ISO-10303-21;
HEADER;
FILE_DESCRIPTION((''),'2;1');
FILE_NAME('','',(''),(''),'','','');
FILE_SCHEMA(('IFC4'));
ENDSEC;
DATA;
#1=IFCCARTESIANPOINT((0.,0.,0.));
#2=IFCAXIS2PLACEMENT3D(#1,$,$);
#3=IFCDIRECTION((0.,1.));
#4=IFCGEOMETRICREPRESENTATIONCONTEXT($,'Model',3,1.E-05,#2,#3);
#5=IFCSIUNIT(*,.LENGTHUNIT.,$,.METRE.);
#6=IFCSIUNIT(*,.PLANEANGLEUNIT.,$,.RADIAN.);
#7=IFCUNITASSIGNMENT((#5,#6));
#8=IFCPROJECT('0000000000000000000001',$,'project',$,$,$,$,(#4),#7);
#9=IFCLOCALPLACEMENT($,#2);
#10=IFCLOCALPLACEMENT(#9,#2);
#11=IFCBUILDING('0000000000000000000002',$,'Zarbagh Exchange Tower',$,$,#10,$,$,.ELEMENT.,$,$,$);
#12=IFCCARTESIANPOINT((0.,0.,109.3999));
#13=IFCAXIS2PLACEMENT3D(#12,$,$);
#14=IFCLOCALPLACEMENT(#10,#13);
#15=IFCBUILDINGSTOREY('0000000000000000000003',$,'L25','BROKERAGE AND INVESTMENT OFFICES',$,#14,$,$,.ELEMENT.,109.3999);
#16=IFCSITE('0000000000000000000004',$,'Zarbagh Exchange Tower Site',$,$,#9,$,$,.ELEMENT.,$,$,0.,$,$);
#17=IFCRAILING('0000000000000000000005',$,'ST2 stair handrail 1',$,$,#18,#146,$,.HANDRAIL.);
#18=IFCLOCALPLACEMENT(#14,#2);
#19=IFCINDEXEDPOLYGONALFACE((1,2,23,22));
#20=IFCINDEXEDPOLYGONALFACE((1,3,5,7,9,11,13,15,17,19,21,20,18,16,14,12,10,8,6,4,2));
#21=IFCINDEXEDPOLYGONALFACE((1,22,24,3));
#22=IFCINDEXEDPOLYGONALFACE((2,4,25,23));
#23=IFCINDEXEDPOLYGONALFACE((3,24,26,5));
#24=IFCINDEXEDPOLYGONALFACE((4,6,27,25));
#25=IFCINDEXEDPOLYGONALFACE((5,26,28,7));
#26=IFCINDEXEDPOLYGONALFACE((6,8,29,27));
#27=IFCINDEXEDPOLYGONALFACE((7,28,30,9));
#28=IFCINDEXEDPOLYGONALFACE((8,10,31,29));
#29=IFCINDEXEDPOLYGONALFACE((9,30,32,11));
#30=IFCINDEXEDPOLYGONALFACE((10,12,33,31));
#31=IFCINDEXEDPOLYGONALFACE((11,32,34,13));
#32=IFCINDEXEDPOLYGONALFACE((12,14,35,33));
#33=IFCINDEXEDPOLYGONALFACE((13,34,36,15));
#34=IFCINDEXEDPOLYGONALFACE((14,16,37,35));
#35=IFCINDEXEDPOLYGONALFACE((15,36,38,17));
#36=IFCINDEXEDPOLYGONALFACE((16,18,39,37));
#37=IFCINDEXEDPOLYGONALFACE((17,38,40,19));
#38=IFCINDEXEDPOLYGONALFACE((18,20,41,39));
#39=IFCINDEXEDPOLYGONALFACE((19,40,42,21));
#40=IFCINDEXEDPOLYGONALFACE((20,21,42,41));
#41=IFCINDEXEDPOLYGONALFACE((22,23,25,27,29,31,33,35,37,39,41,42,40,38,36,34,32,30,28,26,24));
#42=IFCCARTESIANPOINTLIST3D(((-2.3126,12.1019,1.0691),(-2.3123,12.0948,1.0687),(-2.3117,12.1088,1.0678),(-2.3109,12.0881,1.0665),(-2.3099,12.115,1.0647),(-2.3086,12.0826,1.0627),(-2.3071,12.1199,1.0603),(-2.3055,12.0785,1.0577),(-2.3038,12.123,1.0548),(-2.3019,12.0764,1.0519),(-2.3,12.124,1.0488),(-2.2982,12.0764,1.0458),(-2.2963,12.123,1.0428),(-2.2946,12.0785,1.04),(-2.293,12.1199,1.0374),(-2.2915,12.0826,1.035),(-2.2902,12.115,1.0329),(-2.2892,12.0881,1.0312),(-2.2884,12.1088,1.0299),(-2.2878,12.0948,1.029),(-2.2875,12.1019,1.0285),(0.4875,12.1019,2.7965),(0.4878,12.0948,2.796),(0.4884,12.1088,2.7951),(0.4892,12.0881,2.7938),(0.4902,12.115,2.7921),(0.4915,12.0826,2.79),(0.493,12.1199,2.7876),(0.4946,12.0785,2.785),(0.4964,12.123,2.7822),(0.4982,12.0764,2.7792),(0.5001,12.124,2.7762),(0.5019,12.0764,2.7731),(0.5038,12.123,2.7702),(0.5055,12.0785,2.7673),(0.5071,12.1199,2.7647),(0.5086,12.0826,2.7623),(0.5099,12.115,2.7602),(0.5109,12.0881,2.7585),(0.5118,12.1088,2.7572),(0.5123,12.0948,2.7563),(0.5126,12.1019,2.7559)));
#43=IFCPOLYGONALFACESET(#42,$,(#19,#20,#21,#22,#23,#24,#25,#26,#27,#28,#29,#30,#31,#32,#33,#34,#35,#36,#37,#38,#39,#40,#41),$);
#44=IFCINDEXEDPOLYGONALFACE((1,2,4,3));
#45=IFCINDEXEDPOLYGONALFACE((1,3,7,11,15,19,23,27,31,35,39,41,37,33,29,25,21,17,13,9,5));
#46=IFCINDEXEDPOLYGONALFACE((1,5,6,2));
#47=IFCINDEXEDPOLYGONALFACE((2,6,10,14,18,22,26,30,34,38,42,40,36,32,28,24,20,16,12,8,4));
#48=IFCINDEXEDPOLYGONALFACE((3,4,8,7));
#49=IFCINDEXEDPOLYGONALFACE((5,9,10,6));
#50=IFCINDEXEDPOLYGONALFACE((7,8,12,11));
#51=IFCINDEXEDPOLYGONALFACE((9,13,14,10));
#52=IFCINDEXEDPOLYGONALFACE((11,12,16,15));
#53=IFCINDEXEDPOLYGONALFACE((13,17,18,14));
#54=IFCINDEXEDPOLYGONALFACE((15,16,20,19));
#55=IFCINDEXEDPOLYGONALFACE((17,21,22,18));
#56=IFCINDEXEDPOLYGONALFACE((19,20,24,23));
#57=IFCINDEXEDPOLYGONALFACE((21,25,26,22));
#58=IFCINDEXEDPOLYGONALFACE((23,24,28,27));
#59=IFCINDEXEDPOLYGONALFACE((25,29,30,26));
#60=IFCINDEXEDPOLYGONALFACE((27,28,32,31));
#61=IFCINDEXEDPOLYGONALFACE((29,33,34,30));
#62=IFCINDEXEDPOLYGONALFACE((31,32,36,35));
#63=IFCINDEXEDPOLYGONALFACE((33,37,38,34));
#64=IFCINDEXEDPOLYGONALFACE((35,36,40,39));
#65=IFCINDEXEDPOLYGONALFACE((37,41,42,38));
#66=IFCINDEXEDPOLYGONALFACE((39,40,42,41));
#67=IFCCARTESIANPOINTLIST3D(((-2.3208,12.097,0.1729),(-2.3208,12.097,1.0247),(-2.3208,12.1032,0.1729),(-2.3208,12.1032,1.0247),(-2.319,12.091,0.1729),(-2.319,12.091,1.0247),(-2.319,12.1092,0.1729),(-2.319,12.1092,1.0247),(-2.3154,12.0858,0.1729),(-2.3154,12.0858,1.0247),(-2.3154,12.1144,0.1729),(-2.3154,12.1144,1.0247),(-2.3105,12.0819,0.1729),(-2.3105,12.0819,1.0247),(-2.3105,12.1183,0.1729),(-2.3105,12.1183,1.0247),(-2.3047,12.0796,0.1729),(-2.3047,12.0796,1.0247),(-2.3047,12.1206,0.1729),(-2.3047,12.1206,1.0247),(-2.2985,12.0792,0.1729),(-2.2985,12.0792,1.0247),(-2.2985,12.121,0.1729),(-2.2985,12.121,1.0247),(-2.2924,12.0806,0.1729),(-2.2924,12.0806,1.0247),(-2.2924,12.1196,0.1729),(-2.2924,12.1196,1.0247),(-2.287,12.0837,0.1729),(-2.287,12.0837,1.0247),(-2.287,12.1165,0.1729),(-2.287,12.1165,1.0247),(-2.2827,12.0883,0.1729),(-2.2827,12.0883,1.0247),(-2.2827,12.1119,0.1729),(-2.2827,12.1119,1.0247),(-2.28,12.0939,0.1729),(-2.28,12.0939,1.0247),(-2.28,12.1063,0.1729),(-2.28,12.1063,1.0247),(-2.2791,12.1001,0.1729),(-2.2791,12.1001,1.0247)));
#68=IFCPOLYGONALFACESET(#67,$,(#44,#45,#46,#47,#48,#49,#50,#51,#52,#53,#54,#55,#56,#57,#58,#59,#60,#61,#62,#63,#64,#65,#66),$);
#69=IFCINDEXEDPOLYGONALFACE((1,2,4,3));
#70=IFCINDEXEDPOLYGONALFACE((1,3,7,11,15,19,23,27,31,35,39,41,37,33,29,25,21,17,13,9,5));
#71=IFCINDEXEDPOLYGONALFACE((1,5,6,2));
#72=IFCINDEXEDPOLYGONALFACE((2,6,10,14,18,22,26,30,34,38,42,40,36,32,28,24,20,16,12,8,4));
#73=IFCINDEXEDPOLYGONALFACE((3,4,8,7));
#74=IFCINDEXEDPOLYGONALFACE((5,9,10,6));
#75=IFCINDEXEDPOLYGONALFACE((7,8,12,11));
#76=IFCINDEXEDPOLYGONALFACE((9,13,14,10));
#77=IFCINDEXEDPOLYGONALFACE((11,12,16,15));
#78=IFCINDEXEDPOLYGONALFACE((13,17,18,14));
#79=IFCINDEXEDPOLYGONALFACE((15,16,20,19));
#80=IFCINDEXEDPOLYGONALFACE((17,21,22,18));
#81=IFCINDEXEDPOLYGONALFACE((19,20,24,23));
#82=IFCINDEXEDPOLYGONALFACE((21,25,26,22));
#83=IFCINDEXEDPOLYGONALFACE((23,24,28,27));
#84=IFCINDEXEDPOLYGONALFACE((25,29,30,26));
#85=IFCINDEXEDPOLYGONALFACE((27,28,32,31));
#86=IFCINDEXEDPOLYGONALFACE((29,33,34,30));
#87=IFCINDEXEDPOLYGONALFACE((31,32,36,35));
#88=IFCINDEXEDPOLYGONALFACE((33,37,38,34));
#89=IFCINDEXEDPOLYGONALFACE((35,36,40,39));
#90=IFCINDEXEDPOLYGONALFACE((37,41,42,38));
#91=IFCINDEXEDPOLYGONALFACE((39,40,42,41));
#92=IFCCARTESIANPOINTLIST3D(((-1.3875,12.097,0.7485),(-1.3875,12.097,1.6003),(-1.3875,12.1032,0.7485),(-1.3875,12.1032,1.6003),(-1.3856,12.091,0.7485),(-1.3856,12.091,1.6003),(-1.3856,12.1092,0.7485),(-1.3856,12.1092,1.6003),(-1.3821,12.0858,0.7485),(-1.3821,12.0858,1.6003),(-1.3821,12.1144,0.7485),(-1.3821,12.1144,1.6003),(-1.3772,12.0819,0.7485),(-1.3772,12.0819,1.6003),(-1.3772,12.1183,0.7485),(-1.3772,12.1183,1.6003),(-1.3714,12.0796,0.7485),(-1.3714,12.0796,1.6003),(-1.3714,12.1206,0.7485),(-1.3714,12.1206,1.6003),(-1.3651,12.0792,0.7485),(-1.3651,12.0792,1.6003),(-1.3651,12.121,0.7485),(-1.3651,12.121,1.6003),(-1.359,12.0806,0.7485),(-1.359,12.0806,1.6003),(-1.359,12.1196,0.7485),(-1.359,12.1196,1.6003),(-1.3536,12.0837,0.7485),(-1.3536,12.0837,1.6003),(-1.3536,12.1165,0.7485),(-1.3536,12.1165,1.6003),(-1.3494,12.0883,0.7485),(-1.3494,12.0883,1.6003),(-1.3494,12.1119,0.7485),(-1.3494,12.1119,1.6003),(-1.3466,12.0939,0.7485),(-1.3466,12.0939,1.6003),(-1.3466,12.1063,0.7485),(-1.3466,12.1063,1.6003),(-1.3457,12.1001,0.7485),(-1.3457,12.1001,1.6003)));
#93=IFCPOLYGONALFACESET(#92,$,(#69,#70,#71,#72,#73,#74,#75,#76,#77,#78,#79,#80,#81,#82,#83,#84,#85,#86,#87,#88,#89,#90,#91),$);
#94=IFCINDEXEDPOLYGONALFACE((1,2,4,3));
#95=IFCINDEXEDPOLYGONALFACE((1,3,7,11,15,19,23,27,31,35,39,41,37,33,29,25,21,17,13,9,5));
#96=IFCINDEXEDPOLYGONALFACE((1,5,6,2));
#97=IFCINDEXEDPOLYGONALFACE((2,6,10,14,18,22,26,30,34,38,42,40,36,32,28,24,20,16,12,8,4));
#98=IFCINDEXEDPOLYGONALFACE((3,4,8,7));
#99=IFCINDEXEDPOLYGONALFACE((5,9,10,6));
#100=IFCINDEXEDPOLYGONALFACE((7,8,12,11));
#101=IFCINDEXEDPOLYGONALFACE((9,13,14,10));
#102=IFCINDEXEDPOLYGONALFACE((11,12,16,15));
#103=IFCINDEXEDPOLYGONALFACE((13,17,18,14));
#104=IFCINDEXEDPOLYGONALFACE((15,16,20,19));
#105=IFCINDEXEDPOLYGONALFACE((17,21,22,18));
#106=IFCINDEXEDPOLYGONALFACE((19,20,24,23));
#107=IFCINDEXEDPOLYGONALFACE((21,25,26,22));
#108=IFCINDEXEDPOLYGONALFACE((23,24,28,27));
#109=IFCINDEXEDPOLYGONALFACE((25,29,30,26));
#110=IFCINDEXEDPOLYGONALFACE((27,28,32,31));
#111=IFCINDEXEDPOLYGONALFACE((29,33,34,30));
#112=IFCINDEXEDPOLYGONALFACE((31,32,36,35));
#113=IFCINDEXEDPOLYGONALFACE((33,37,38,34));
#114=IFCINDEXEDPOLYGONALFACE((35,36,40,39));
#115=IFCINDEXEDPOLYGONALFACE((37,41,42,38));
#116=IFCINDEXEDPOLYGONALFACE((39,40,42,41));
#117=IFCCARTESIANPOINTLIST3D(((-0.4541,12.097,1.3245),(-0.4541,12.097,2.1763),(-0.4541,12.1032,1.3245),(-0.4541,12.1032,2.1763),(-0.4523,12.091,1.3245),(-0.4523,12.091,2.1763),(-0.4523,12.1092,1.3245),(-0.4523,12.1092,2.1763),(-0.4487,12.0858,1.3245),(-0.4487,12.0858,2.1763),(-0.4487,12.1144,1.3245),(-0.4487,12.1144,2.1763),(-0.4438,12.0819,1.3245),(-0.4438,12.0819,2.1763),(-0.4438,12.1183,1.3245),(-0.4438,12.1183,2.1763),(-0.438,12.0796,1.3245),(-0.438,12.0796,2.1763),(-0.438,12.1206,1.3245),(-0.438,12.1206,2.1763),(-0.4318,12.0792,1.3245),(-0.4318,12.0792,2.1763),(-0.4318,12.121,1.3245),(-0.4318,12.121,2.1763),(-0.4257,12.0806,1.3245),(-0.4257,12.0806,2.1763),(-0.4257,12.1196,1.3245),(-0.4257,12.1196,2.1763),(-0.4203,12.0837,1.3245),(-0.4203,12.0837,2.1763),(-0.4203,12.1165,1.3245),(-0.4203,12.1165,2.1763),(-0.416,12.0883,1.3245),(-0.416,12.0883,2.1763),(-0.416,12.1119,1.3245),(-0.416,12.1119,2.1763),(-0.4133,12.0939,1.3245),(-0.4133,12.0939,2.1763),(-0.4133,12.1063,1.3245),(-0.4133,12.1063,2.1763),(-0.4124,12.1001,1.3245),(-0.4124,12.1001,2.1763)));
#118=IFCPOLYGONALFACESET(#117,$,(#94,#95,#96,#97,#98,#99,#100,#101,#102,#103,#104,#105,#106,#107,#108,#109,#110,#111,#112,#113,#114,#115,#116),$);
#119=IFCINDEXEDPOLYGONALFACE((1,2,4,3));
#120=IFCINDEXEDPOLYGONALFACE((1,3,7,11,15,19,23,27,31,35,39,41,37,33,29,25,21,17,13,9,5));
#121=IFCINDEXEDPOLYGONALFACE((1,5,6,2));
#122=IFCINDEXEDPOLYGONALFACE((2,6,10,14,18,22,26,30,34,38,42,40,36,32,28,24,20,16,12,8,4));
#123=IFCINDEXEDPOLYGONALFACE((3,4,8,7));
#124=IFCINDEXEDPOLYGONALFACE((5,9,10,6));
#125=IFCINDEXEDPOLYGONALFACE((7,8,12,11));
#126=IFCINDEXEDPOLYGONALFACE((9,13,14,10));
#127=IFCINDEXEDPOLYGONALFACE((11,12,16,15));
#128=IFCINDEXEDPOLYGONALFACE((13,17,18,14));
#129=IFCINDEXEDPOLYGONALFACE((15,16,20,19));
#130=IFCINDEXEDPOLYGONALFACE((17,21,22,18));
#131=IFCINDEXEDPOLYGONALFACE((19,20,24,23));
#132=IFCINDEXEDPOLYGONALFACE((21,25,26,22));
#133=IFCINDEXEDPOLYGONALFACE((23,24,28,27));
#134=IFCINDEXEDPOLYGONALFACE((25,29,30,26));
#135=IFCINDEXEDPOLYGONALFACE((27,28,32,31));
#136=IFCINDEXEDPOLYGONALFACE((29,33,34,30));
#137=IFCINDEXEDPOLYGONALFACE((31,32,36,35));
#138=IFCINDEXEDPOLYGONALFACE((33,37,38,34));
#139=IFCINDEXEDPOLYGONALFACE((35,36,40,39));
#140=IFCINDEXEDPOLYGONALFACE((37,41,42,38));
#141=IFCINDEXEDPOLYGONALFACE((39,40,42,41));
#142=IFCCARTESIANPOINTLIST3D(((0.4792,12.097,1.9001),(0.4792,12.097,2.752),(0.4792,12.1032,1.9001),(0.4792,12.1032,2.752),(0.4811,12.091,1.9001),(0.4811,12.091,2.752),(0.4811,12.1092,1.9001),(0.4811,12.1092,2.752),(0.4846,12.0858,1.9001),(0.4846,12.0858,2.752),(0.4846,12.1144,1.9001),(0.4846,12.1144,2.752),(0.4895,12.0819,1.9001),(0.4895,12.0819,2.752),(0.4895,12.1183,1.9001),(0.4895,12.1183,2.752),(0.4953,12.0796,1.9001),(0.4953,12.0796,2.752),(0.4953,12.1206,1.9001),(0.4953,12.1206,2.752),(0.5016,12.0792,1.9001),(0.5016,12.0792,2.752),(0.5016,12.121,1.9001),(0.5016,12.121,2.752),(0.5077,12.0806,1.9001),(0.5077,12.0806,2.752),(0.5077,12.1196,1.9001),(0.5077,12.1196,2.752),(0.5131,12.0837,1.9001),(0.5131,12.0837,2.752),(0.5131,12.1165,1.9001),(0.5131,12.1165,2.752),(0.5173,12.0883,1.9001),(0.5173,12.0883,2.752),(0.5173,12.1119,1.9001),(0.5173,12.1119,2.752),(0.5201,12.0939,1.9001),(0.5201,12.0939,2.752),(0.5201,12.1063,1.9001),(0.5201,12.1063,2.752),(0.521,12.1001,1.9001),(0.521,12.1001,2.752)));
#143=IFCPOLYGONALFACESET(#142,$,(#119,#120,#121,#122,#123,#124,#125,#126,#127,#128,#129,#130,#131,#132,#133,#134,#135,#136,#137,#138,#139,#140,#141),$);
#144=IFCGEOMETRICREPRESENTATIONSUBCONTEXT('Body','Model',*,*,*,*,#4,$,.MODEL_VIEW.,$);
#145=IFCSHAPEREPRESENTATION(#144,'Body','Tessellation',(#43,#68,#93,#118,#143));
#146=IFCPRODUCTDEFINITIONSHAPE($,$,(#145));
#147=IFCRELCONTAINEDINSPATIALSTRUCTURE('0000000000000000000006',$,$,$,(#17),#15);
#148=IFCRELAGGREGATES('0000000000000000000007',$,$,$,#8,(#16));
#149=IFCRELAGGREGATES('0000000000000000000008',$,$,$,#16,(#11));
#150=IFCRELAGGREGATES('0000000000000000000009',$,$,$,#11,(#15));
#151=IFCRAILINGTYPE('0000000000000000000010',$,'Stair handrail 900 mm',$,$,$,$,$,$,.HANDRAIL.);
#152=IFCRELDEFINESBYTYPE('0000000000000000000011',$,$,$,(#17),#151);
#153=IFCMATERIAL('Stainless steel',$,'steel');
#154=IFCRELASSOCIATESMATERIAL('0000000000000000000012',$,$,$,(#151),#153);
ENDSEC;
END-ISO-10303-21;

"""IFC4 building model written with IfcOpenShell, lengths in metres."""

from ifc_helpers import new_model, si_unit, direction, frame, origin, origin_2d, place, context, subcontext, project, spatial, circle, extrude, material, type_object, element, save


model = new_model("IFC4")

# Units and contexts
model_context = context("Model", 3, precision=1e-05, world=origin(), true_north=direction((0.0, 1.0)))
body_context = subcontext(model_context, "Body", "Model", "MODEL_VIEW")
ifc_project = project(units=[si_unit("LENGTHUNIT", "METRE"), si_unit("PLANEANGLEUNIT", "RADIAN")], contexts=[model_context])

# Site, building, storey
site_placement = place(None, origin())
site = spatial("IfcSite", under=ifc_project, at=site_placement, Name="Zarbagh Exchange Tower Site", CompositionType="ELEMENT", RefElevation=0.0)
building_placement = place(site_placement, origin())
building = spatial("IfcBuilding", under=site, at=building_placement, Name="Zarbagh Exchange Tower", CompositionType="ELEMENT")
storey_placement = place(building_placement, frame((0.0, 0.0, 109.3999)))
storey = spatial("IfcBuildingStorey", under=building, at=storey_placement, Name="L25", Description="BROKERAGE AND INVESTMENT OFFICES", CompositionType="ELEMENT", Elevation=109.3999)

# Shared definitions
ifc_material_1 = material(Name="Stainless steel", Category="steel")

# Railing
railing_type_1 = type_object("IfcRailingType", Name="Stair handrail 900 mm", PredefinedType="HANDRAIL", material=ifc_material_1)
for number, where, name in (
    (1, (-2.3, 12.1001, 0.1729), "ST2 stair handrail 1"),
):
    element("IfcRailing", number, at=place(storey_placement, frame(where)), inside=storey, type_object=railing_type_1, Name=name, PredefinedType="HANDRAIL", context=body_context, shape_type="SweptSolid", body=[
        extrude(circle(Radius=0.0239, at=origin_2d()), frame((0.0, 0.0, 0.876), z_axis=(0.85109, 0.0, 0.52502), x_axis=(0.0, 1.0, 0.0)), (0.0, 0.0, 1.0), 3.29),
        extrude(circle(Radius=0.021, at=origin_2d()), origin(), (0.0, 0.0, 1.0), 0.8518),
        extrude(circle(Radius=0.021, at=origin_2d()), frame((0.9333, 0.0, 0.5757)), (0.0, 0.0, 1.0), 0.8518),
        extrude(circle(Radius=0.021, at=origin_2d()), frame((1.8667, 0.0, 1.1516)), (0.0, 0.0, 1.0), 0.8518),
        extrude(circle(Radius=0.021, at=origin_2d()), frame((2.8, 0.0, 1.7273)), (0.0, 0.0, 1.0), 0.8518),
    ])

save(model, "model.ifc")
